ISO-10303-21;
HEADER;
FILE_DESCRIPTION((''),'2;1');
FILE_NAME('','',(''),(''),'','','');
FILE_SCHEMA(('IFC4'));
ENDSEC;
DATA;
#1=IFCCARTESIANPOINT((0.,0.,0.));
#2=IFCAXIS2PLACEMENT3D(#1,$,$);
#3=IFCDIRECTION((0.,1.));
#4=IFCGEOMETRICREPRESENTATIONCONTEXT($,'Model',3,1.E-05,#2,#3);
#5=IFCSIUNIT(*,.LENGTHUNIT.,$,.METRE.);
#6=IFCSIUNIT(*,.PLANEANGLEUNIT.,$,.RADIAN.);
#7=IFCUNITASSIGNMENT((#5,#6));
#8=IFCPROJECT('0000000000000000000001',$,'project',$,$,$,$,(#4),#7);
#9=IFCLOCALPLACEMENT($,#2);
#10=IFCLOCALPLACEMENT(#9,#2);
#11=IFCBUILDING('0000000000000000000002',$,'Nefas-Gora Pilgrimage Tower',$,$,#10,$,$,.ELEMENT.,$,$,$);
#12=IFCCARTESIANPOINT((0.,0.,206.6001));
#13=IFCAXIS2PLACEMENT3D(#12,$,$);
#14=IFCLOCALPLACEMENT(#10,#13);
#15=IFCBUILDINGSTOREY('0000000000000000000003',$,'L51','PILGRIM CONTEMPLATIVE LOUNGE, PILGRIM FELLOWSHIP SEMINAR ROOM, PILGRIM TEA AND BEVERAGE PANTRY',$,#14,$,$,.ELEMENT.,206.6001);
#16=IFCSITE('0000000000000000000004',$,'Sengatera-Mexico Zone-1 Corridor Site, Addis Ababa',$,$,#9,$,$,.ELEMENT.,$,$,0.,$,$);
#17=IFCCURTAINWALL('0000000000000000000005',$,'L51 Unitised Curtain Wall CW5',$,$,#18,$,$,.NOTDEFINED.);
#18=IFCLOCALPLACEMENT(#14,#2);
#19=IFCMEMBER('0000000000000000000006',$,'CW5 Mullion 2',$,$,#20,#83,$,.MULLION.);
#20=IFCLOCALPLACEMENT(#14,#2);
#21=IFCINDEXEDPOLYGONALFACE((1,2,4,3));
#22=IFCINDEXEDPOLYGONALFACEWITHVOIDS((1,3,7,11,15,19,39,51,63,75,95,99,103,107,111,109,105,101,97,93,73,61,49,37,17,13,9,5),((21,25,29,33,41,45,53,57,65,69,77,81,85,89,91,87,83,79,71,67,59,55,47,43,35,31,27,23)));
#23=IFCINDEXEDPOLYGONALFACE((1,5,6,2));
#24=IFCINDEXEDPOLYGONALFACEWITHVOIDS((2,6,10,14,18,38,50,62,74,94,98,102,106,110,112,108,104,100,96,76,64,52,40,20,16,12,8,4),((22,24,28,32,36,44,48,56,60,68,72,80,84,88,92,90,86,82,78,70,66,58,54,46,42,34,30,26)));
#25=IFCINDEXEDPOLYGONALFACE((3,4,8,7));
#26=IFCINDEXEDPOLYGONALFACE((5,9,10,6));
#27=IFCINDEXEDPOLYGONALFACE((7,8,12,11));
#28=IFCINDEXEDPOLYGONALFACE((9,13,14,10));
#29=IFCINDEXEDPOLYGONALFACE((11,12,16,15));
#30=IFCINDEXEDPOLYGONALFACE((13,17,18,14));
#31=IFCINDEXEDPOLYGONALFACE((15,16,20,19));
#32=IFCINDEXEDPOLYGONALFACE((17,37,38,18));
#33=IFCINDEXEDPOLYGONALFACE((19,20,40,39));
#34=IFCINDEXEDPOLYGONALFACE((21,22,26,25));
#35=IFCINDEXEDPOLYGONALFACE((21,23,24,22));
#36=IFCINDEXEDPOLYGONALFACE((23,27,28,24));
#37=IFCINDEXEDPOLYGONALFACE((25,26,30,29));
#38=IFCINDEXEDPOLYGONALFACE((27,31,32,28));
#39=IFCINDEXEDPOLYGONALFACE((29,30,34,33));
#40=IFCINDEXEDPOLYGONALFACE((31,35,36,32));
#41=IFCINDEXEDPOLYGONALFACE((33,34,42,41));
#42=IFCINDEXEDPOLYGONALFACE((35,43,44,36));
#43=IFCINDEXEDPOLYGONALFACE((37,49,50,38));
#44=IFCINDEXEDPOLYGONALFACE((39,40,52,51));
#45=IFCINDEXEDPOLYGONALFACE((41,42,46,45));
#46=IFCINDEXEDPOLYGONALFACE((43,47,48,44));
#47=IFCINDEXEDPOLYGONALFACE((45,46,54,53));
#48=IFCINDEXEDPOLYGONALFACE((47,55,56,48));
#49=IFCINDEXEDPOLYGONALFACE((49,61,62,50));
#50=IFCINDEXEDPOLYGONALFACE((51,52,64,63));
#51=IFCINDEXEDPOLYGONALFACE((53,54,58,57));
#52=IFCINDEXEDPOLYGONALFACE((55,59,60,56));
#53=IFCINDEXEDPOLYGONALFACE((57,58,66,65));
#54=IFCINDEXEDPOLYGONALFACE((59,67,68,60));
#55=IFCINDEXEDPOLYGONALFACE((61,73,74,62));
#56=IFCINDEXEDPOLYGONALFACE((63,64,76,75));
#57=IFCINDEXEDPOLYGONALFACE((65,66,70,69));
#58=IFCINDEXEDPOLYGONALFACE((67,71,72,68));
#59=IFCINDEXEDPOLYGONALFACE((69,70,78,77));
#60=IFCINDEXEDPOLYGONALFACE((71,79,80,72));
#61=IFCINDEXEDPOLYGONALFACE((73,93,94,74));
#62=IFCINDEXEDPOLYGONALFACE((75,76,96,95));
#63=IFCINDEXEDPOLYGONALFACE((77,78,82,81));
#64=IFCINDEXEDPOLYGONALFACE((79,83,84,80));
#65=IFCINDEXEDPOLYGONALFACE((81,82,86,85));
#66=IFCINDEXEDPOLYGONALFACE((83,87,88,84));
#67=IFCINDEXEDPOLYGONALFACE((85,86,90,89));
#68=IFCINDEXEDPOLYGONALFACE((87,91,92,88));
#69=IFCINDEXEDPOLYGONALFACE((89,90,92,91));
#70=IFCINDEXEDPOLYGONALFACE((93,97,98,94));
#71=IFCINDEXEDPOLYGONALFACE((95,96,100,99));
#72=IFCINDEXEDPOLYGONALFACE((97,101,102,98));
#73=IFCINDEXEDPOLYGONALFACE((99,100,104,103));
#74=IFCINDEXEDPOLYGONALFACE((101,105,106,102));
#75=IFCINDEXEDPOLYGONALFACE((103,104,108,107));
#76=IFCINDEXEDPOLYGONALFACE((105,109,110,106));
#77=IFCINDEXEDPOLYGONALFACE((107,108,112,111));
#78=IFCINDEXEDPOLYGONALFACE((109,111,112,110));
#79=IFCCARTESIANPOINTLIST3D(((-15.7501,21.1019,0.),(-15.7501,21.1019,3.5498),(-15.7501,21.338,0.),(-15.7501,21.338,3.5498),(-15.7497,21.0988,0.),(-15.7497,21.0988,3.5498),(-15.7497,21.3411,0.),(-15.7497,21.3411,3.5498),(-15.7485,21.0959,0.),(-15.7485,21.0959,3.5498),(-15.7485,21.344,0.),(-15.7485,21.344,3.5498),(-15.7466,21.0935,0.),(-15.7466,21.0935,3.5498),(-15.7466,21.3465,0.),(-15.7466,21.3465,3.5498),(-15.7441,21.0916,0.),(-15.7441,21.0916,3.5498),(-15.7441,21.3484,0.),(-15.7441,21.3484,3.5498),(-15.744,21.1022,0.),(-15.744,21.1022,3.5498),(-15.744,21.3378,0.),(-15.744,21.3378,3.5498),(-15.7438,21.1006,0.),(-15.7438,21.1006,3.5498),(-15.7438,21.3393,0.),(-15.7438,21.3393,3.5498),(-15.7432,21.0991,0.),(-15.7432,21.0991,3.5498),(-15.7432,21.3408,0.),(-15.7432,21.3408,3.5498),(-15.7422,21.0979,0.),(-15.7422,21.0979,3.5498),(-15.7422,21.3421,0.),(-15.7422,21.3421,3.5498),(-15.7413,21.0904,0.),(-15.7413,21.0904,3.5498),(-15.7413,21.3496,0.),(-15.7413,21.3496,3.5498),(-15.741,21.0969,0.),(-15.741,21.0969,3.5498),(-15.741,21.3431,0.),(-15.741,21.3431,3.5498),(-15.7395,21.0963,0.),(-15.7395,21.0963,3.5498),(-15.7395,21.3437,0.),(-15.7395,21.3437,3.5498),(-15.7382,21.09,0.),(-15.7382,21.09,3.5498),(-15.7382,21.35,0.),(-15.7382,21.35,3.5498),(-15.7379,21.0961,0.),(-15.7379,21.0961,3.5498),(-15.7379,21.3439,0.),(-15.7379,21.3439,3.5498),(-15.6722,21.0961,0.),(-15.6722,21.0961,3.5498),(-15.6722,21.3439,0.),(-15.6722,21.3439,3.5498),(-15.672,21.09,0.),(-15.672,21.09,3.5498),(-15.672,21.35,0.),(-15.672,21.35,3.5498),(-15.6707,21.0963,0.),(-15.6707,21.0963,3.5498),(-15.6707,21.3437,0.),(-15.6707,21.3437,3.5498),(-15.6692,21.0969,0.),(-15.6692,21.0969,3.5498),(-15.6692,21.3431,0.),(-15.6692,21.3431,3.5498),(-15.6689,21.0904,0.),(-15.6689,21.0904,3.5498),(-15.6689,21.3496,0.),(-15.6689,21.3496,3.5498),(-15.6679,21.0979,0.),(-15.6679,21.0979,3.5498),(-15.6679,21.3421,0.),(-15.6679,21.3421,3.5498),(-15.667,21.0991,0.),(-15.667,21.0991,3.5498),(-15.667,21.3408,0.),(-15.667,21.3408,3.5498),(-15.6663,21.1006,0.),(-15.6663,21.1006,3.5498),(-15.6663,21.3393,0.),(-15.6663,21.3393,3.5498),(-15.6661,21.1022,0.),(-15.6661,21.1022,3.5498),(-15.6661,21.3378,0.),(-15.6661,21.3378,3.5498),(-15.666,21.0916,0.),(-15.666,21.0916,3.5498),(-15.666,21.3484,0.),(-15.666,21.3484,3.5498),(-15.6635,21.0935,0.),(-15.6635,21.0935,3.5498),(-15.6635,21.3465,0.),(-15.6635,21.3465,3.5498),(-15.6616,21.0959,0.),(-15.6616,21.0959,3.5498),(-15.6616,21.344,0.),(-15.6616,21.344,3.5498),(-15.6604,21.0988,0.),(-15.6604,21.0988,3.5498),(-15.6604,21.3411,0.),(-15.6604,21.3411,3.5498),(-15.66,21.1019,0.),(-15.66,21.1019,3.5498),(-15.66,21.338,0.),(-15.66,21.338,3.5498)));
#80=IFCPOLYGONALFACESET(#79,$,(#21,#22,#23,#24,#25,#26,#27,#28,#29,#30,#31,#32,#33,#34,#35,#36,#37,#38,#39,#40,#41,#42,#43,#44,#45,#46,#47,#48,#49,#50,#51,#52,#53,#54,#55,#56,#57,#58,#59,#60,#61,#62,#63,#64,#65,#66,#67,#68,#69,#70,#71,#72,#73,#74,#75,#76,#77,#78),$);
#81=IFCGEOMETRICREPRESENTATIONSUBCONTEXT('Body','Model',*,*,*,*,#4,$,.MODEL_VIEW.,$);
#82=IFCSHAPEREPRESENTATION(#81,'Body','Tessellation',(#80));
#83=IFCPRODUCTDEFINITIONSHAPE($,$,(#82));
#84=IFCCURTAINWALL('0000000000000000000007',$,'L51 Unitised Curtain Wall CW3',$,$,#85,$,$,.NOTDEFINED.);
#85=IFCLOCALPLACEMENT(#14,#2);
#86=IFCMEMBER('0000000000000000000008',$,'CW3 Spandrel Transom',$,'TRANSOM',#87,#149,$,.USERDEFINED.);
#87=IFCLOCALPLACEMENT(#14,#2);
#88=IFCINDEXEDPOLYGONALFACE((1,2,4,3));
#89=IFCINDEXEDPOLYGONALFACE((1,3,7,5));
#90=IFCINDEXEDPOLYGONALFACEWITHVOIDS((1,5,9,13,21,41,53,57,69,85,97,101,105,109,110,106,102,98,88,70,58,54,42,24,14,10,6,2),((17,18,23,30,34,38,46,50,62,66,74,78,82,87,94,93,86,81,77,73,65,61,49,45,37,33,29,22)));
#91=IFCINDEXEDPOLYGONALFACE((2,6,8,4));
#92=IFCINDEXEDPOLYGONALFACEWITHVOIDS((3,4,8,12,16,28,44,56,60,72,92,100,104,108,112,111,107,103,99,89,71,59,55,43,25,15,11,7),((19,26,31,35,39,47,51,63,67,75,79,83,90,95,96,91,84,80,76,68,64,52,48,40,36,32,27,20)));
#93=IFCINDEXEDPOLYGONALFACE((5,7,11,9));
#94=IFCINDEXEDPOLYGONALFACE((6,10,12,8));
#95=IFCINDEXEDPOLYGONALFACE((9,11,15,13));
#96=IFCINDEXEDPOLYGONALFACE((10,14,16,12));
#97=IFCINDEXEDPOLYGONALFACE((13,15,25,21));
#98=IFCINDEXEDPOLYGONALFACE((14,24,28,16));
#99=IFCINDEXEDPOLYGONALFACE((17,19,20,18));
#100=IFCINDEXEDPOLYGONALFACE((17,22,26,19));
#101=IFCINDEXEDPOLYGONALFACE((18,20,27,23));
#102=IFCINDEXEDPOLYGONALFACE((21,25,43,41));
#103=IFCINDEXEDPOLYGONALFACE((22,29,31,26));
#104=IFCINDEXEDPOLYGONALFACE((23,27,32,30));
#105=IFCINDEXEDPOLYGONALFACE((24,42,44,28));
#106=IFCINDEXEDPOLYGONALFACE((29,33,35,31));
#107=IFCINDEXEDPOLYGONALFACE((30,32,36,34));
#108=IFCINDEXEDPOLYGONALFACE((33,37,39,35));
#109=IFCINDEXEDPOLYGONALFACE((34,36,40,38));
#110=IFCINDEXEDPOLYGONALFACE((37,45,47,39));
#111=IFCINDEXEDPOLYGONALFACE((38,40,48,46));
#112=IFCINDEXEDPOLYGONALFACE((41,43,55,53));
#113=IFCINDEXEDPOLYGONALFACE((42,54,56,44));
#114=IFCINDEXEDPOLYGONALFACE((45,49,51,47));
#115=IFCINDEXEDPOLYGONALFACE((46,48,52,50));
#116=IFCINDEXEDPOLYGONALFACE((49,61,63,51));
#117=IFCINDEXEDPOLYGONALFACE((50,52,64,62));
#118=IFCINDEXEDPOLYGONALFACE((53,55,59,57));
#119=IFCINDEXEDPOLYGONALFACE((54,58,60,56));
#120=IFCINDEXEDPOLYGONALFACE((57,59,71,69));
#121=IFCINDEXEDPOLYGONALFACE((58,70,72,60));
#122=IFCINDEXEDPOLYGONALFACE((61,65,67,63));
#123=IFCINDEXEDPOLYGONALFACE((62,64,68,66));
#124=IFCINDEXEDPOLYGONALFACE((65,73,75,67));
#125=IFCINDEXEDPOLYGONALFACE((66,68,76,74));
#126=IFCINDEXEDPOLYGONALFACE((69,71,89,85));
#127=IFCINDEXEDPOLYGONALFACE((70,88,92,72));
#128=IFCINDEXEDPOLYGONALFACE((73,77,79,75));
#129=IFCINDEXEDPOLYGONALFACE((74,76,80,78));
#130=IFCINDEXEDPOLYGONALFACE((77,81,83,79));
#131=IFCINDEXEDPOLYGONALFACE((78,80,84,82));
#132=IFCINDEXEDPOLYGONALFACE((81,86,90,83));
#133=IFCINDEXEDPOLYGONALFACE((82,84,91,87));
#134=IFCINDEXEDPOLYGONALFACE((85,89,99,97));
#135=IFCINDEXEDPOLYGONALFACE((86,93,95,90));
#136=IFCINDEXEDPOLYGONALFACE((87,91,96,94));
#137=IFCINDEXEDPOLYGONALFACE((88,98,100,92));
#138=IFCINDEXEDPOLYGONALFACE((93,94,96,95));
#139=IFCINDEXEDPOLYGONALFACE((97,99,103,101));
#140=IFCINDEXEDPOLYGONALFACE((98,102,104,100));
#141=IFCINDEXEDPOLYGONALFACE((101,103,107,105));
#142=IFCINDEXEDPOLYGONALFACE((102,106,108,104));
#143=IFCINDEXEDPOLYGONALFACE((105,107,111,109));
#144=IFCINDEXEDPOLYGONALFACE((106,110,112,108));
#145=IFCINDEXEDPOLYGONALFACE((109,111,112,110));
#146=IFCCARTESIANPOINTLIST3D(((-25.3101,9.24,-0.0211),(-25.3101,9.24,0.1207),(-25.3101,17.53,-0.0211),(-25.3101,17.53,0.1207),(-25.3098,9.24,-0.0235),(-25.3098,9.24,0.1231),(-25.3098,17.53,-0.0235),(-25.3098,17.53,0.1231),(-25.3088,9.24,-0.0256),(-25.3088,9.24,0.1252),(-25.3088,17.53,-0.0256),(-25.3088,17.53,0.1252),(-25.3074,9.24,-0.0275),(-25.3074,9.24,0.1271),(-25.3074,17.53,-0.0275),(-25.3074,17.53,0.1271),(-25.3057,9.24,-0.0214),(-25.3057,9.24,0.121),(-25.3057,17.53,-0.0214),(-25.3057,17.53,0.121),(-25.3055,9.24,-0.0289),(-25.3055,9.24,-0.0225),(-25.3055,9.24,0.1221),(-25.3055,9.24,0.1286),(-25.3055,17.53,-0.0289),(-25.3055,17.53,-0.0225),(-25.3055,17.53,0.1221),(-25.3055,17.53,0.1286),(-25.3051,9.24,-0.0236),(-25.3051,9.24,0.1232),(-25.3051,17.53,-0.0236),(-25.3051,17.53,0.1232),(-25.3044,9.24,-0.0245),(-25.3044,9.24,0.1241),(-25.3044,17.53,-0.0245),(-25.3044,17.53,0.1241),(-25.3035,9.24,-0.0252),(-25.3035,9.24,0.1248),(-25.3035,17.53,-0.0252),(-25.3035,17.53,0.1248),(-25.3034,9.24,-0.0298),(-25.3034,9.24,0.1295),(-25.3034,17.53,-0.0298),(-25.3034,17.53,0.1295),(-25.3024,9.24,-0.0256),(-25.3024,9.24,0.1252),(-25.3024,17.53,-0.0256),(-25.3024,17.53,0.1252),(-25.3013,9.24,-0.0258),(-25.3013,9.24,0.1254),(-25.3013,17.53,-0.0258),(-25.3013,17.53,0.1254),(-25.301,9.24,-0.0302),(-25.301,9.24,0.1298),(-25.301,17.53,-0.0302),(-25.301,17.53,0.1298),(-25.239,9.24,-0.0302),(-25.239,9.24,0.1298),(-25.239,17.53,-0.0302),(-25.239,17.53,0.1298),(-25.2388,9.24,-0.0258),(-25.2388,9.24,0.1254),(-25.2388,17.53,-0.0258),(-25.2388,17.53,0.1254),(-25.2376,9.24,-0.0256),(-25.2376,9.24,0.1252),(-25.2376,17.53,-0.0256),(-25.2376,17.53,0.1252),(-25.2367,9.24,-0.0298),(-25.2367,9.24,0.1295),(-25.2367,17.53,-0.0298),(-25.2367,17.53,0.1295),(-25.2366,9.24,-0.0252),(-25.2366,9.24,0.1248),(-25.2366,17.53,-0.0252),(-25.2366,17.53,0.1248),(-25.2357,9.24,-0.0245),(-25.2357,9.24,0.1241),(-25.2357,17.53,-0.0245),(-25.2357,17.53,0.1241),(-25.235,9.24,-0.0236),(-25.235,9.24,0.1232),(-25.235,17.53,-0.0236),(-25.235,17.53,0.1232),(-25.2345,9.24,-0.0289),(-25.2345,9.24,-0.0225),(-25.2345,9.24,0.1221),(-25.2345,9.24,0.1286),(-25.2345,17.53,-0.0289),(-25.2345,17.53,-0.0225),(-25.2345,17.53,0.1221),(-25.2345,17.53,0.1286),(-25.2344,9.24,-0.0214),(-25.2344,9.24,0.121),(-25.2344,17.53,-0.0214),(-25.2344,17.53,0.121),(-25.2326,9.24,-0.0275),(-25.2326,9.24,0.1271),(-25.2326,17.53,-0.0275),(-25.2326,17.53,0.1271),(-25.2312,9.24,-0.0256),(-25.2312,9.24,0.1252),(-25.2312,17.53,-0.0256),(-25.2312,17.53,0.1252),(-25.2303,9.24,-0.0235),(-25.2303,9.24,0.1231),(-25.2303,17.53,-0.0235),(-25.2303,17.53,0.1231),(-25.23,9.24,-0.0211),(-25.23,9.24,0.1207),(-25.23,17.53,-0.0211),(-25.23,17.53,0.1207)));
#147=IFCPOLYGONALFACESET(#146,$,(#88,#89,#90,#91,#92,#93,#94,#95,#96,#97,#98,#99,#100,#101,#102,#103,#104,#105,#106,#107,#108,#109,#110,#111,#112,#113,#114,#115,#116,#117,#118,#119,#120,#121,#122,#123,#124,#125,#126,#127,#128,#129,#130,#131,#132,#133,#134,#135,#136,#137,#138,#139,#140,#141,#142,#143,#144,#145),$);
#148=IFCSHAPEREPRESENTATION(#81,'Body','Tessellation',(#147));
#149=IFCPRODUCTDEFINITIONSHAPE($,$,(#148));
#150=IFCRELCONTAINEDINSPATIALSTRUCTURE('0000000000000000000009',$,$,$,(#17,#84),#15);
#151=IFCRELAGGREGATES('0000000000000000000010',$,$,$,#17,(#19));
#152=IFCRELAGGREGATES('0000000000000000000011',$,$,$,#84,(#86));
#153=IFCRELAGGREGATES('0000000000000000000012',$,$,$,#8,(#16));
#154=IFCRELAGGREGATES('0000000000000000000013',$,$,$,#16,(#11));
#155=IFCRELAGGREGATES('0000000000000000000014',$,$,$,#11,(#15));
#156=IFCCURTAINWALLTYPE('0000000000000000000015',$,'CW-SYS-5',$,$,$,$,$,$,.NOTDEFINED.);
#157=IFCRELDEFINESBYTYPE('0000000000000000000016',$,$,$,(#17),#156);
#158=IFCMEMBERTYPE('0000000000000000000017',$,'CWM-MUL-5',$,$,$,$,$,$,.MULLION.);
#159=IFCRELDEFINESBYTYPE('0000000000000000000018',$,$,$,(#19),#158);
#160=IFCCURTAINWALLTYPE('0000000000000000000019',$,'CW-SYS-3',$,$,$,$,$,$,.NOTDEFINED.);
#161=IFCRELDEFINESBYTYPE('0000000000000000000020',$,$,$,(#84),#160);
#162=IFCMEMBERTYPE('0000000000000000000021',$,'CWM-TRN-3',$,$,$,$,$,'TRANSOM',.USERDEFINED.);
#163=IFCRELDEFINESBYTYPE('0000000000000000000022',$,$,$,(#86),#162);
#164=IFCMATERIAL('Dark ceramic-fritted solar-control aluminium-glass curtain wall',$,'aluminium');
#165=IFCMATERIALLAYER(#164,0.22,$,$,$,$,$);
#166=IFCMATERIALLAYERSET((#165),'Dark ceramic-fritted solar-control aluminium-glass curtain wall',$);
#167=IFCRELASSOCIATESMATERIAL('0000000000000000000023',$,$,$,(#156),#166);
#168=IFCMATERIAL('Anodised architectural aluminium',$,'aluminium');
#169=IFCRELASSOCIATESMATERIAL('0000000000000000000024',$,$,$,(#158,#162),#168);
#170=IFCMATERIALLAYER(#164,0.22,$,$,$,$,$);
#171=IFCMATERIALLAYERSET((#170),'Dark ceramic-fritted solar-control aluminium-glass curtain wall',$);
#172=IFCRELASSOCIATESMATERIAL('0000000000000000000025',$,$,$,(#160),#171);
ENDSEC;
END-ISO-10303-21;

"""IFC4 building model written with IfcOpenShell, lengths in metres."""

from ifc_helpers import new_model, si_unit, direction, frame, origin, origin_2d, place, context, subcontext, project, spatial, hollow_rectangle, extrude, source, transform, mapped, material, layer, layer_set, material_profile, profile_set, type_object, element, aggregate, save


model = new_model("IFC4")

# Units and contexts
model_context = context("Model", 3, precision=1e-05, world=origin(), true_north=direction((0.0, 1.0)))
body_context = subcontext(model_context, "Body", "Model", "MODEL_VIEW")
ifc_project = project(units=[si_unit("LENGTHUNIT", "METRE"), si_unit("PLANEANGLEUNIT", "RADIAN")], contexts=[model_context])

# Site, building, storey
site_placement = place(None, origin())
site = spatial("IfcSite", under=ifc_project, at=site_placement, Name="Sengatera-Mexico Zone-1 Corridor Site, Addis Ababa", CompositionType="ELEMENT", RefElevation=0.0)
building_placement = place(site_placement, origin())
building = spatial("IfcBuilding", under=site, at=building_placement, Name="Nefas-Gora Pilgrimage Tower", CompositionType="ELEMENT")
storey_placement = place(building_placement, frame((0.0, 0.0, 206.6001)))
storey = spatial("IfcBuildingStorey", under=building, at=storey_placement, Name="L51", Description="PILGRIM CONTEMPLATIVE LOUNGE, PILGRIM FELLOWSHIP SEMINAR ROOM, PILGRIM TEA AND BEVERAGE PANTRY", CompositionType="ELEMENT", Elevation=206.6001)

# Curtain walls, members
ifc_material_1 = material(Name="Dark ceramic-fritted solar-control aluminium-glass curtain wall", Category="aluminium")
ifc_layer_1 = layer(ifc_material_1, 0.22)
ifc_layer_set_1 = layer_set([ifc_layer_1], Name="Dark ceramic-fritted solar-control aluminium-glass curtain wall")
curtain_wall_type_1 = type_object("IfcCurtainWallType", Name="CW-SYS-5", PredefinedType="NOTDEFINED", material=ifc_layer_set_1)
curtain_wall_1_placement = place(storey_placement, origin())
curtain_wall_1 = element("IfcCurtainWall", 1, at=curtain_wall_1_placement, inside=storey, type_object=curtain_wall_type_1, Name="L51 Unitised Curtain Wall CW5", PredefinedType="NOTDEFINED")
ifc_material_2 = material(Name="Anodised architectural aluminium", Category="aluminium")
ifc_material_profile_1 = material_profile(ifc_material_2, hollow_rectangle(XDim=0.0901, YDim=0.26, WallThickness=0.0061, InnerFilletRadius=0.0061, OuterFilletRadius=0.012, at=origin_2d()), Name="ALU MULLION 90x260")
ifc_profile_set_1 = profile_set([ifc_material_profile_1], Name="Anodised architectural aluminium")
member_type_1 = type_object("IfcMemberType", Name="CWM-MUL-5", PredefinedType="MULLION", material=ifc_profile_set_1)
shared_shape_1 = source(origin(), body_context, "Body", "SweptSolid", [
    extrude(hollow_rectangle(XDim=0.0901, YDim=0.26, WallThickness=0.0061, InnerFilletRadius=0.0061, OuterFilletRadius=0.012, at=origin_2d()), origin(), (0.0, 0.0, 1.0), 3.5498),
])
member_1_placement = place(storey_placement, frame((-15.7051, 21.22, 0.0), z_axis=(0.0, 0.0, 1.0), x_axis=(-1.0, 0.0, 0.0)))
member_1 = element("IfcMember", 2, at=member_1_placement, type_object=member_type_1, Name="CW5 Mullion 2", PredefinedType="MULLION", context=body_context, shape_type="MappedRepresentation", body=[
    mapped(shared_shape_1, transform((0.0, 0.0, 0.0), x_axis=(1.0, 0.0, 0.0), y_axis=(0.0, 1.0, 0.0), z_axis=(0.0, 0.0, 1.0), scale=1.0)),
])
ifc_layer_2 = layer(ifc_material_1, 0.22)
ifc_layer_set_2 = layer_set([ifc_layer_2], Name="Dark ceramic-fritted solar-control aluminium-glass curtain wall")
curtain_wall_type_2 = type_object("IfcCurtainWallType", Name="CW-SYS-3", PredefinedType="NOTDEFINED", material=ifc_layer_set_2)
curtain_wall_2_placement = place(storey_placement, origin())
curtain_wall_2 = element("IfcCurtainWall", 3, at=curtain_wall_2_placement, inside=storey, type_object=curtain_wall_type_2, Name="L51 Unitised Curtain Wall CW3", PredefinedType="NOTDEFINED")
ifc_material_profile_2 = material_profile(ifc_material_2, hollow_rectangle(XDim=0.0801, YDim=0.1599, WallThickness=0.0044, InnerFilletRadius=0.0044, OuterFilletRadius=0.009, at=origin_2d()), Name="ALU TRANSOM 80x160")
ifc_profile_set_2 = profile_set([ifc_material_profile_2], Name="Anodised architectural aluminium")
member_type_2 = type_object("IfcMemberType", Name="CWM-TRN-3", ElementType="TRANSOM", PredefinedType="USERDEFINED", material=ifc_profile_set_2)
shared_shape_2 = source(origin(), body_context, "Body", "SweptSolid", [
    extrude(hollow_rectangle(XDim=0.0801, YDim=0.1599, WallThickness=0.0044, InnerFilletRadius=0.0044, OuterFilletRadius=0.009, at=origin_2d()), origin(), (0.0, 0.0, 1.0), 8.29),
])
member_2_placement = place(storey_placement, frame((-25.27, 17.53, 0.0498), z_axis=(0.0, -1.0, 0.0), x_axis=(1.0, 0.0, 0.0)))
member_2 = element("IfcMember", 4, at=member_2_placement, type_object=member_type_2, Name="CW3 Spandrel Transom", ObjectType="TRANSOM", PredefinedType="USERDEFINED", context=body_context, shape_type="MappedRepresentation", body=[
    mapped(shared_shape_2, transform((0.0, 0.0, 0.0), x_axis=(1.0, 0.0, 0.0), y_axis=(0.0, 1.0, 0.0), z_axis=(0.0, 0.0, 1.0), scale=1.0)),
])

aggregate(curtain_wall_1, [member_1])
aggregate(curtain_wall_2, [member_2])

save(model, "model.ifc")
